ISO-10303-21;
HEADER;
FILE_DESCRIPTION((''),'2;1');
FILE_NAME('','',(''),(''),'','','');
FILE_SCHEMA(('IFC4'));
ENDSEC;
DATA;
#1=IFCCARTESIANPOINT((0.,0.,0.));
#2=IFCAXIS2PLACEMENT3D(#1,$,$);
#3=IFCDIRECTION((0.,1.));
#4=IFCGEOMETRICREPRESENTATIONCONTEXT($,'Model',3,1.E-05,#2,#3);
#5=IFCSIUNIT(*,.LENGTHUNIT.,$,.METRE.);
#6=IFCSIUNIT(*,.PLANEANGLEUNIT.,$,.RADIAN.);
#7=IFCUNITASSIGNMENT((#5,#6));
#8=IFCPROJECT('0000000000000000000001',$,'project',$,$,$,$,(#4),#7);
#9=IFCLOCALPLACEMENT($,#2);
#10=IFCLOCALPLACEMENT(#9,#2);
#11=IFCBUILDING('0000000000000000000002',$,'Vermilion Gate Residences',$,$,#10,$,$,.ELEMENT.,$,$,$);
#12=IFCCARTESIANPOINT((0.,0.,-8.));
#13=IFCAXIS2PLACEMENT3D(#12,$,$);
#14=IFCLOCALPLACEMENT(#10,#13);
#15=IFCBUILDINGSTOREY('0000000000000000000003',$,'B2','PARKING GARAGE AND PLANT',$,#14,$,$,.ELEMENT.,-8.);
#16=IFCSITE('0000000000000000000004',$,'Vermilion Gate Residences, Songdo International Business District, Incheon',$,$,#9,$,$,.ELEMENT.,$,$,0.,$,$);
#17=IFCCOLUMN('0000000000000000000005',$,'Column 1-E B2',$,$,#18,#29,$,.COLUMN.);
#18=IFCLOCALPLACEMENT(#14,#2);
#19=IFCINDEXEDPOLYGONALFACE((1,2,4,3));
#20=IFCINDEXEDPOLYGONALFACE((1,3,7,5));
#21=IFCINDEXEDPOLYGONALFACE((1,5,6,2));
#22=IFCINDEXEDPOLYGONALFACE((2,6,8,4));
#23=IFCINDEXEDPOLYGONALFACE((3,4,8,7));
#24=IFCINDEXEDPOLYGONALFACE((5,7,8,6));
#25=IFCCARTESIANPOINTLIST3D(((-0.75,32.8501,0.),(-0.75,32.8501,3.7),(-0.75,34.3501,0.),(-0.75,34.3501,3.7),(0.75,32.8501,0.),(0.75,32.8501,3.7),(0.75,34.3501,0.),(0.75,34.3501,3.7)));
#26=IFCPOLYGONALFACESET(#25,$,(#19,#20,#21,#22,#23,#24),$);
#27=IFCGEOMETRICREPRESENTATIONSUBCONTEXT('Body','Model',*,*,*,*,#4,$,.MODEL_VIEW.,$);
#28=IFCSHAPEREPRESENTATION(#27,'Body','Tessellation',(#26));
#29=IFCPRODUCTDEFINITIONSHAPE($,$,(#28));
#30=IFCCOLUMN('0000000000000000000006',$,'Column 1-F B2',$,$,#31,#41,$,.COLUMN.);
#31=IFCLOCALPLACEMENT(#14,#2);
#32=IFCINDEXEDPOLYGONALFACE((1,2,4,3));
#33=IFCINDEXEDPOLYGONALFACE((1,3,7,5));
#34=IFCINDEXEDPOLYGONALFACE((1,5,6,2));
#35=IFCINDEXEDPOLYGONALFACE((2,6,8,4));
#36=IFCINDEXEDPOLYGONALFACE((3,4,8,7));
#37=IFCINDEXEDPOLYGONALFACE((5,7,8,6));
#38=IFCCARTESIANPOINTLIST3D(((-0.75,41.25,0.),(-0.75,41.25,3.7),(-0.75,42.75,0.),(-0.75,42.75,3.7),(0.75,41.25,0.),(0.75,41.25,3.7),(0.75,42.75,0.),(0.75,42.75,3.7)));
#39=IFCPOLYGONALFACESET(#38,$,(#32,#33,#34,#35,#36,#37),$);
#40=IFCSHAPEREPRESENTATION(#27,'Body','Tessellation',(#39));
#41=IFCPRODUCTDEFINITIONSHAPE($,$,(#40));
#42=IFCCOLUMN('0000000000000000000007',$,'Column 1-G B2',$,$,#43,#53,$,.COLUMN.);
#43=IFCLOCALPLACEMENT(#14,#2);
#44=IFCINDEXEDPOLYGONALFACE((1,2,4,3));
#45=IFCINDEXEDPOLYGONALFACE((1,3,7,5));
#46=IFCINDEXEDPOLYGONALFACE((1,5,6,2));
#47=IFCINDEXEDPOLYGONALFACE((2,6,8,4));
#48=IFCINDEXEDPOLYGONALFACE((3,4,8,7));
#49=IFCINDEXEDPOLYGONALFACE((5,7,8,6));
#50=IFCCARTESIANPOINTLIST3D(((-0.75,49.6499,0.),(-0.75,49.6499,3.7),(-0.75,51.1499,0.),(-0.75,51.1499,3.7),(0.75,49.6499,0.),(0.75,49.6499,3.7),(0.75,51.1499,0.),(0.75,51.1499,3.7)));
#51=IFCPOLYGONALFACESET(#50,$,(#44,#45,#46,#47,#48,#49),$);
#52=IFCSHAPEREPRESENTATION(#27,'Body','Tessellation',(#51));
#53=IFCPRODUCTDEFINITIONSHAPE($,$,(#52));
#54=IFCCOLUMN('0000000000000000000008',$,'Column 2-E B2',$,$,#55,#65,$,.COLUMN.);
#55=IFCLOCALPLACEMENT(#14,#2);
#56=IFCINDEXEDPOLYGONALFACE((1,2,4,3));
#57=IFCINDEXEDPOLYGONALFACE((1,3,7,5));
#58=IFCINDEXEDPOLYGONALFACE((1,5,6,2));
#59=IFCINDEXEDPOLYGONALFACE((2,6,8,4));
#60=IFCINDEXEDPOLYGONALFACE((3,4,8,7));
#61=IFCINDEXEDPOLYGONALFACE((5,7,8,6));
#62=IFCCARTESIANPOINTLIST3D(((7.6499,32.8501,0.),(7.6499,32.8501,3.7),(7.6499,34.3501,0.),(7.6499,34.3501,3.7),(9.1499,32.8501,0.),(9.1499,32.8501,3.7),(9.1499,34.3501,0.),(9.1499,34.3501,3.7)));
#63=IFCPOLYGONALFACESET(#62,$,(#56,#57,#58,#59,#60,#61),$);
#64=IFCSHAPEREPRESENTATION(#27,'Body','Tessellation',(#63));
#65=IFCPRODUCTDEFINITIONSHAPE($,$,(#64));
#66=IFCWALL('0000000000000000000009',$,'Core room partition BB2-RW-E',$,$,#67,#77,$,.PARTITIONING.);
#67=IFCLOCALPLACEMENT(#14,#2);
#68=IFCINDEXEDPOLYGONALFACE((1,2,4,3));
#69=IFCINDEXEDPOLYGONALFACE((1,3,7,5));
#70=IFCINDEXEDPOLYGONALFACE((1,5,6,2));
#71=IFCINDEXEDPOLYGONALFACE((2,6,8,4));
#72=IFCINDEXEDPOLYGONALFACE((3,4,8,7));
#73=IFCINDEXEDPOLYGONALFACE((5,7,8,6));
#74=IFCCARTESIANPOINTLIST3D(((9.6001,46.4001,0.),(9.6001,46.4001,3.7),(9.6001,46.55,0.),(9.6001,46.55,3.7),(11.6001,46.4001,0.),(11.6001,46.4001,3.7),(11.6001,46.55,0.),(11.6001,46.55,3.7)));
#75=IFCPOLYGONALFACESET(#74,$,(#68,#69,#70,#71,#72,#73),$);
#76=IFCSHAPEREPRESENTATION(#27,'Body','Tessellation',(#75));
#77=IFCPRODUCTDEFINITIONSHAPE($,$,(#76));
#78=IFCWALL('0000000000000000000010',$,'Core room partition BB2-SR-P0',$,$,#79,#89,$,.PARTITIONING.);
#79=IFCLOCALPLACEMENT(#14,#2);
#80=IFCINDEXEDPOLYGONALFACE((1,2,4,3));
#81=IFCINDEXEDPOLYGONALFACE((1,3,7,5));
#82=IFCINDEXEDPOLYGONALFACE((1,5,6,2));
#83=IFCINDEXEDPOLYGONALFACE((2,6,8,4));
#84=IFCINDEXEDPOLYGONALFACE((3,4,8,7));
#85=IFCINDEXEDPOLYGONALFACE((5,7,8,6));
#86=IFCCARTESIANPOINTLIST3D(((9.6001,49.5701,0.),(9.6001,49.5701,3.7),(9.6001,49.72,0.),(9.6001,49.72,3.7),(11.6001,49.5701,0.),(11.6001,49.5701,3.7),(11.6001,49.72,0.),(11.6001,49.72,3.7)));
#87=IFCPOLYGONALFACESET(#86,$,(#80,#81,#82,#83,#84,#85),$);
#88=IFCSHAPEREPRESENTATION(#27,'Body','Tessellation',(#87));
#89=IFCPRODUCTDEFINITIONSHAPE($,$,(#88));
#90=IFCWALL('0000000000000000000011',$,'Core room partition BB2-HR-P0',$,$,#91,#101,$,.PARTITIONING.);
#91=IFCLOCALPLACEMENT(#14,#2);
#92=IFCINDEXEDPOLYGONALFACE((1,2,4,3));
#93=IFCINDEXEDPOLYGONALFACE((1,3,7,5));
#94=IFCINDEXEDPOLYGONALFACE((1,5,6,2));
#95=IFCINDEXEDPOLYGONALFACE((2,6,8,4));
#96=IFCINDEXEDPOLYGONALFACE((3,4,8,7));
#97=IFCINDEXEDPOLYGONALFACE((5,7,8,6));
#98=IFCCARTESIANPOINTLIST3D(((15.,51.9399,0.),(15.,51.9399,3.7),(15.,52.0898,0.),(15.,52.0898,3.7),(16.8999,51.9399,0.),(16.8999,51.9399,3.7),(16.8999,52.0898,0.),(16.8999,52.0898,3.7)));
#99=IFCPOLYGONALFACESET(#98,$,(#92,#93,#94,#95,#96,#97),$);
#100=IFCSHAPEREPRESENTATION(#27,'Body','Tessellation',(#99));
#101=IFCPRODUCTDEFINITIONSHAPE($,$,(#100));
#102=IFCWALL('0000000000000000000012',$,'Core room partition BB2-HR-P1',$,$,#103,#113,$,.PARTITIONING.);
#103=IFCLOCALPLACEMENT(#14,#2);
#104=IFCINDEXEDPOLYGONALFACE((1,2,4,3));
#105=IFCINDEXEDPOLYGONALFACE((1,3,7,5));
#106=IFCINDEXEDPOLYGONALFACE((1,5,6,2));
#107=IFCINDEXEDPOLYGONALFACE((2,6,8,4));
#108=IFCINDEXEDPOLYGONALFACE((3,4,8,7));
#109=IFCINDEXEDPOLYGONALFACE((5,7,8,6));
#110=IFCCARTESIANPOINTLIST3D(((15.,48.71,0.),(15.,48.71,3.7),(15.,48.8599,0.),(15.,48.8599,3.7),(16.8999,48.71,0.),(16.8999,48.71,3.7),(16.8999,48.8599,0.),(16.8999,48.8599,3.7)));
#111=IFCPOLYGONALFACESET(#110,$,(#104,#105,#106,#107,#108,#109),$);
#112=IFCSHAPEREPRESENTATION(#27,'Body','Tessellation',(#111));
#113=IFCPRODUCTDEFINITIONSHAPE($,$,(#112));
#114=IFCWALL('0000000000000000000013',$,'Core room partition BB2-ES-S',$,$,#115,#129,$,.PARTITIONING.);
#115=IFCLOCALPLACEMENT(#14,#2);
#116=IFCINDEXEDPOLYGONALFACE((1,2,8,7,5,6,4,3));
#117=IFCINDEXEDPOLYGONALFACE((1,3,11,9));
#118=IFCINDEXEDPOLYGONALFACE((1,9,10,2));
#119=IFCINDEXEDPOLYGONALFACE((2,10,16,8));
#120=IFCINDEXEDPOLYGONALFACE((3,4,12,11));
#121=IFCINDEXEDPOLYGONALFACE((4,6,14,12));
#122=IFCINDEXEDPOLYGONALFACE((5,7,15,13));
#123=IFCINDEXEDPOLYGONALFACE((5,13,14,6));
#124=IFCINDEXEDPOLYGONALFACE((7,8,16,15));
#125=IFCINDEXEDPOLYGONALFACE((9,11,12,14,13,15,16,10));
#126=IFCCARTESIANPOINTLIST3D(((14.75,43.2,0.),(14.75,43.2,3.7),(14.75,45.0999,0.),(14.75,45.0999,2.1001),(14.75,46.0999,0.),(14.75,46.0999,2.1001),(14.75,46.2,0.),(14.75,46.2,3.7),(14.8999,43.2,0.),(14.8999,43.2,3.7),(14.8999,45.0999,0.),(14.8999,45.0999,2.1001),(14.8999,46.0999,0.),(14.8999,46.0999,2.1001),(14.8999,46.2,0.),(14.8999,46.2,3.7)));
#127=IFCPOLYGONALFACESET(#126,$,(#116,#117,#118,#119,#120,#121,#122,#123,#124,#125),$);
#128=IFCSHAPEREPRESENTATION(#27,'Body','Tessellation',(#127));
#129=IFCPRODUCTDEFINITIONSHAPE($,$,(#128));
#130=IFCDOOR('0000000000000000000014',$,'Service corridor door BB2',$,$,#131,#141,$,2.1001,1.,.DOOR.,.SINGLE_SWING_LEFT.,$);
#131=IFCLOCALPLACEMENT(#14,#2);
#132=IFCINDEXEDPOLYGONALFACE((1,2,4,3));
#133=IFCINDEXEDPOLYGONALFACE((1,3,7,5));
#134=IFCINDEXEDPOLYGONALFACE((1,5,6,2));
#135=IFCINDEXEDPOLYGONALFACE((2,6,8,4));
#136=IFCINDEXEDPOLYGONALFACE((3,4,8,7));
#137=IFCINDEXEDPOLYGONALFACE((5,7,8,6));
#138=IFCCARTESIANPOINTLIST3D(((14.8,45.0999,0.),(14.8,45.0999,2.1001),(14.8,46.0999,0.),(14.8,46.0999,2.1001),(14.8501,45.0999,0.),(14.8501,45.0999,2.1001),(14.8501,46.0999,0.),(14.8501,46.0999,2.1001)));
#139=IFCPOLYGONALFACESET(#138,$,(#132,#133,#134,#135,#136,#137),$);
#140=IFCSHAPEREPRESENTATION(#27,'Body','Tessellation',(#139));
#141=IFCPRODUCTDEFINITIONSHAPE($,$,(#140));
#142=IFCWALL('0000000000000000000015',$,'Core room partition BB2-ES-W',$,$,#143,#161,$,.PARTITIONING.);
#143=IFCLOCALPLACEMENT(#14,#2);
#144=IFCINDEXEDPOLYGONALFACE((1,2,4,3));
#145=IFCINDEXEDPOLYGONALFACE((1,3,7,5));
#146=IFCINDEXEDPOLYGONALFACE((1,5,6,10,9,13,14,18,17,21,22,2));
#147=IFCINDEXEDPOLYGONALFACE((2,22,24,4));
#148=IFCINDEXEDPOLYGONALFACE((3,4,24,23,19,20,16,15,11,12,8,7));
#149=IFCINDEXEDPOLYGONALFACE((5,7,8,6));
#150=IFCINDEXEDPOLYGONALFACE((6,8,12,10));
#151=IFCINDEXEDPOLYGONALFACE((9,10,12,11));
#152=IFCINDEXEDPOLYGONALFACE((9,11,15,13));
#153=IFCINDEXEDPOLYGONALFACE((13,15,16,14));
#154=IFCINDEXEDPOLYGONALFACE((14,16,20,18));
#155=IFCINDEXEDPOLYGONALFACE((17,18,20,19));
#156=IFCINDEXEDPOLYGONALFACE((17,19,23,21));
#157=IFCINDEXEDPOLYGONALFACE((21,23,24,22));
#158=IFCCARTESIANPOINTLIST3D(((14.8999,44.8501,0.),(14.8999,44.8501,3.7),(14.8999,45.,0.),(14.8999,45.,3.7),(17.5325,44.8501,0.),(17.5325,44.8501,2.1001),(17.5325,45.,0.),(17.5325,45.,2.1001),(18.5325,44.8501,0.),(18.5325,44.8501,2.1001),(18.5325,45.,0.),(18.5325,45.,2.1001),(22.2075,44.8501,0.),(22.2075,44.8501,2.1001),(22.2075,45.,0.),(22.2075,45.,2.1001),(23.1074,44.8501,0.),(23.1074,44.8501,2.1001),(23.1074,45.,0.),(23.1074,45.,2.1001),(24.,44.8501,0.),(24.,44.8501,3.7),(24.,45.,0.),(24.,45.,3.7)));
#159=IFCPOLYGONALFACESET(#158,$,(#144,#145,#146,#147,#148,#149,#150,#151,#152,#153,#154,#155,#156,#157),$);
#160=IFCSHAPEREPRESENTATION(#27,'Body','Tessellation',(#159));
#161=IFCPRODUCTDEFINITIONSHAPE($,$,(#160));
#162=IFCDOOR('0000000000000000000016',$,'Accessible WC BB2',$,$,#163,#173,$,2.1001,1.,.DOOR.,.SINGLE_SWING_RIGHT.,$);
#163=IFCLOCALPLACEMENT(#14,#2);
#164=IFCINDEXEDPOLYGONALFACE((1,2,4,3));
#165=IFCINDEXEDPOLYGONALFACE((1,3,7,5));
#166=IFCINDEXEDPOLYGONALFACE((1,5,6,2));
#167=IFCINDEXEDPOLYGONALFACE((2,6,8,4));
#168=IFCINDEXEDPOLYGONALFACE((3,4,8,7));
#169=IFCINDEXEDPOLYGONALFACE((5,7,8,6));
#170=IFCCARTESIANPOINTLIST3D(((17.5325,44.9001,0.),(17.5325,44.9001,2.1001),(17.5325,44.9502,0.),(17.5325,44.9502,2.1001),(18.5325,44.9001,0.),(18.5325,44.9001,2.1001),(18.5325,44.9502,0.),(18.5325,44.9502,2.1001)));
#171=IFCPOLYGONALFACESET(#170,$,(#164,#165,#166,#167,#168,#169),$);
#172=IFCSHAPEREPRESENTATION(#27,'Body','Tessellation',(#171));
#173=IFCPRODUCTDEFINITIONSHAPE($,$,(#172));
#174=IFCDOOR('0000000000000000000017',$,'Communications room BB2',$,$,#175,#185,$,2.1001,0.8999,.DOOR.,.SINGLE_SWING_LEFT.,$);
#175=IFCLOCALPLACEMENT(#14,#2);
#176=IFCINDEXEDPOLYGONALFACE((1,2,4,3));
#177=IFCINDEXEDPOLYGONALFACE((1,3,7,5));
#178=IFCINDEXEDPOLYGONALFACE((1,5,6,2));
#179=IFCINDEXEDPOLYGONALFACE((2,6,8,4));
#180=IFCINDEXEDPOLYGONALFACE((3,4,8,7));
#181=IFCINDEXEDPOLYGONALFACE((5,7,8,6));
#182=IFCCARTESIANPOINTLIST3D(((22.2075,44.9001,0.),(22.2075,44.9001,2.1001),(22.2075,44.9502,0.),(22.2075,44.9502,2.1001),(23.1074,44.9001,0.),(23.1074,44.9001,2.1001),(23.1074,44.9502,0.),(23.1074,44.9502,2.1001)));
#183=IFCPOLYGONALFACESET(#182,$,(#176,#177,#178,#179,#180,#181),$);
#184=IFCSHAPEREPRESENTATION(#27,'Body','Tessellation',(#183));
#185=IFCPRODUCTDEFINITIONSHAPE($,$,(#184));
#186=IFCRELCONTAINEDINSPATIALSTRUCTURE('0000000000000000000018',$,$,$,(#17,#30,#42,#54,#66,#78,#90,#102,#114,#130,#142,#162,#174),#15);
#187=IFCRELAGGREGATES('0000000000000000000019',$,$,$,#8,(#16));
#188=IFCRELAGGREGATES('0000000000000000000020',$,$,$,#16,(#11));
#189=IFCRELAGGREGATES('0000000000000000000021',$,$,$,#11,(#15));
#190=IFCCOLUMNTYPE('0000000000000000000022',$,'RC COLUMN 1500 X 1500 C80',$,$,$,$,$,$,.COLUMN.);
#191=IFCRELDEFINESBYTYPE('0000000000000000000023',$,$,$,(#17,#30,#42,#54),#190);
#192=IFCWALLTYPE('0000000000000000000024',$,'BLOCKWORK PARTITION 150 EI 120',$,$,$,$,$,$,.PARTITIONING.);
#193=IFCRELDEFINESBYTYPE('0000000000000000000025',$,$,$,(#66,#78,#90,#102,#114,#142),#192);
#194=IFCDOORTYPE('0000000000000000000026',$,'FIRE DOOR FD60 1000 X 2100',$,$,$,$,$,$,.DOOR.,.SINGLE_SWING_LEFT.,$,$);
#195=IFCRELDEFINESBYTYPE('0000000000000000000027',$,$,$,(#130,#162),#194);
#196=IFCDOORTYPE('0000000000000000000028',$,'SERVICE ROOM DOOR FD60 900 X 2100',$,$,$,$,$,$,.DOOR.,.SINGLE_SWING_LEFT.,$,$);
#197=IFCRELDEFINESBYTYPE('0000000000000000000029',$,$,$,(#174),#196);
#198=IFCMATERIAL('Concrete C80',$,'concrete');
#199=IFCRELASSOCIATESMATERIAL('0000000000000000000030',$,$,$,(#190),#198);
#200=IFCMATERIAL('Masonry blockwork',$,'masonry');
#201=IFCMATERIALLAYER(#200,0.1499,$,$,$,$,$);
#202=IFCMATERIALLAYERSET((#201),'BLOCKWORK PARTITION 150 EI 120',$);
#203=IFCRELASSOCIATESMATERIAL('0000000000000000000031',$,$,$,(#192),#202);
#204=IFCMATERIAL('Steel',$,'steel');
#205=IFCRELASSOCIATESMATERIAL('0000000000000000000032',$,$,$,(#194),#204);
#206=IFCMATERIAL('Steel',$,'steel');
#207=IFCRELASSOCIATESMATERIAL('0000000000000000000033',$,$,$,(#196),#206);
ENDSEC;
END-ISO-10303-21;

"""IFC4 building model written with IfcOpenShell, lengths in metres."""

from ifc_helpers import new_model, si_unit, direction, frame, frame_2d, origin, origin_2d, place, context, subcontext, project, spatial, rectangle, extrude, material, layer, layer_set, material_profile, profile_set, type_object, element, fill, save


model = new_model("IFC4")

# Units and contexts
model_context = context("Model", 3, precision=1e-05, world=origin(), true_north=direction((0.0, 1.0)))
body_context = subcontext(model_context, "Body", "Model", "MODEL_VIEW")
ifc_project = project(units=[si_unit("LENGTHUNIT", "METRE"), si_unit("PLANEANGLEUNIT", "RADIAN")], contexts=[model_context])

# Site, building, storey
site_placement = place(None, origin())
site = spatial("IfcSite", under=ifc_project, at=site_placement, Name="Vermilion Gate Residences, Songdo International Business District, Incheon", CompositionType="ELEMENT", RefElevation=0.0)
building_placement = place(site_placement, origin())
building = spatial("IfcBuilding", under=site, at=building_placement, Name="Vermilion Gate Residences", CompositionType="ELEMENT")
storey_placement = place(building_placement, frame((0.0, 0.0, -8.0)))
storey = spatial("IfcBuildingStorey", under=building, at=storey_placement, Name="B2", Description="PARKING GARAGE AND PLANT", CompositionType="ELEMENT", Elevation=-8.0)

# Columns
ifc_material_1 = material(Name="Concrete C80", Category="concrete")
ifc_material_profile = material_profile(ifc_material_1, rectangle(XDim=1.5, YDim=1.5, at=origin_2d()), Name="RC-1500x1500")
ifc_profile_set = profile_set([ifc_material_profile], Name="Concrete C80")
column_type = type_object("IfcColumnType", Name="RC COLUMN 1500 X 1500 C80", PredefinedType="COLUMN", material=ifc_profile_set)
for number, where, z_axis, x_axis, name in (
    (1, (0.0, 33.6001, 0.0), (0.0, 0.0, 1.0), (1.0, 0.0, 0.0), "Column 1-E B2"),
    (2, (0.0, 42.0, 0.0), (0.0, 0.0, 1.0), (1.0, 0.0, 0.0), "Column 1-F B2"),
    (3, (0.0, 50.3999, 0.0), (0.0, 0.0, 1.0), (1.0, 0.0, 0.0), "Column 1-G B2"),
    (4, (8.3999, 33.6001, 0.0), (0.0, 0.0, 1.0), (1.0, 0.0, 0.0), "Column 2-E B2"),
):
    element("IfcColumn", number, at=place(storey_placement, frame(where, z_axis=z_axis, x_axis=x_axis)), inside=storey, type_object=column_type, Name=name, PredefinedType="COLUMN", context=body_context, shape_type="SweptSolid", body=[
        extrude(rectangle(XDim=1.5, YDim=1.5, at=origin_2d()), origin(), (0.0, 0.0, 1.0), 3.7),
    ])

# Walls
ifc_material_2 = material(Name="Masonry blockwork", Category="masonry")
ifc_layer_1 = layer(ifc_material_2, 0.1499)
ifc_layer_set_1 = layer_set([ifc_layer_1], Name="BLOCKWORK PARTITION 150 EI 120")
wall_type_1 = type_object("IfcWallType", Name="BLOCKWORK PARTITION 150 EI 120", PredefinedType="PARTITIONING", material=ifc_layer_set_1)
for number, where, z_axis, x_axis, name in (
    (5, (9.6001, 46.4751, 0.0), (0.0, 0.0, 1.0), (1.0, 0.0, 0.0), "Core room partition BB2-RW-E"),
    (6, (9.6001, 49.645, 0.0), (0.0, 0.0, 1.0), (1.0, 0.0, 0.0), "Core room partition BB2-SR-P0"),
):
    element("IfcWall", number, at=place(storey_placement, frame(where, z_axis=z_axis, x_axis=x_axis)), inside=storey, type_object=wall_type_1, Name=name, PredefinedType="PARTITIONING", context=body_context, shape_type="SweptSolid", body=[
        extrude(rectangle(XDim=2.0, YDim=0.1499, at=frame_2d((1.0, 0.0))), origin(), (0.0, 0.0, 1.0), 3.7),
    ])
for number, where, z_axis, x_axis, name in (
    (7, (15.0, 52.0149, 0.0), (0.0, 0.0, 1.0), (1.0, 0.0, 0.0), "Core room partition BB2-HR-P0"),
    (8, (15.0, 48.7849, 0.0), (0.0, 0.0, 1.0), (1.0, 0.0, 0.0), "Core room partition BB2-HR-P1"),
):
    element("IfcWall", number, at=place(storey_placement, frame(where, z_axis=z_axis, x_axis=x_axis)), inside=storey, type_object=wall_type_1, Name=name, PredefinedType="PARTITIONING", context=body_context, shape_type="SweptSolid", body=[
        extrude(rectangle(XDim=1.8999, YDim=0.1499, at=frame_2d((0.95, 0.0))), origin(), (0.0, 0.0, 1.0), 3.7),
    ])

# Wall, opening, door
wall_1_placement = place(storey_placement, frame((14.825, 46.2, 0.0), z_axis=(0.0, 0.0, 1.0), x_axis=(0.0, -1.0, 0.0)))
wall_1 = element("IfcWall", 9, at=wall_1_placement, inside=storey, type_object=wall_type_1, Name="Core room partition BB2-ES-S", PredefinedType="PARTITIONING", context=body_context, shape_type="SweptSolid", body=[
    extrude(rectangle(XDim=3.0, YDim=0.1499, at=frame_2d((1.5, 0.0))), origin(), (0.0, 0.0, 1.0), 3.7),
])
opening_1_placement = place(wall_1_placement, frame((0.1001, 0.0, 0.0)))
opening_1 = element("IfcOpeningElement", 10, at=opening_1_placement, cuts=wall_1, PredefinedType="OPENING", context=body_context, shape_type="SweptSolid", body=[
    extrude(rectangle(XDim=1.0, YDim=2.1001, at=frame_2d((0.5, 1.05))), frame((0.0, 0.085, 0.0), z_axis=(0.0, -1.0, 0.0), x_axis=(1.0, 0.0, 0.0)), (0.0, 0.0, 1.0), 0.1699),
])
ifc_material_3 = material(Name="Steel", Category="steel")
door_type_1 = type_object("IfcDoorType", Name="FIRE DOOR FD60 1000 X 2100", OperationType="SINGLE_SWING_LEFT", PredefinedType="DOOR", material=ifc_material_3)
door_1_placement = place(opening_1_placement, frame((1.0, 0.0, 0.0), z_axis=(0.0, 0.0, 1.0), x_axis=(-1.0, 0.0, 0.0)))
door_1 = element("IfcDoor", 11, at=door_1_placement, inside=storey, type_object=door_type_1, Name="Service corridor door BB2", OperationType="SINGLE_SWING_LEFT", OverallHeight=2.1001, OverallWidth=1.0, PredefinedType="DOOR", context=body_context, shape_type="SweptSolid", body=[
    extrude(rectangle(XDim=1.0, YDim=2.1001, at=frame_2d((0.5, 1.05))), frame((0.0, 0.0249, 0.0), z_axis=(0.0, -1.0, 0.0), x_axis=(1.0, 0.0, 0.0)), (0.0, 0.0, 1.0), 0.05),
])
fill(opening_1, door_1)

# Wall, openings, doors
wall_2_placement = place(storey_placement, frame((14.8999, 44.925, 0.0), z_axis=(0.0, 0.0, 1.0), x_axis=(1.0, 0.0, 0.0)))
wall_2 = element("IfcWall", 12, at=wall_2_placement, inside=storey, type_object=wall_type_1, Name="Core room partition BB2-ES-W", PredefinedType="PARTITIONING", context=body_context, shape_type="SweptSolid", body=[
    extrude(rectangle(XDim=9.1001, YDim=0.1499, at=frame_2d((4.55, 0.0))), origin(), (0.0, 0.0, 1.0), 3.7),
])
opening_2_placement = place(wall_2_placement, frame((2.6326, 0.0, 0.0)))
opening_2 = element("IfcOpeningElement", 13, at=opening_2_placement, cuts=wall_2, PredefinedType="OPENING", context=body_context, shape_type="SweptSolid", body=[
    extrude(rectangle(XDim=1.0, YDim=2.1001, at=frame_2d((0.5, 1.05))), frame((0.0, 0.085, 0.0), z_axis=(0.0, -1.0, 0.0), x_axis=(1.0, 0.0, 0.0)), (0.0, 0.0, 1.0), 0.1699),
])
opening_3_placement = place(wall_2_placement, frame((7.3076, 0.0, 0.0)))
opening_3 = element("IfcOpeningElement", 14, at=opening_3_placement, cuts=wall_2, PredefinedType="OPENING", context=body_context, shape_type="SweptSolid", body=[
    extrude(rectangle(XDim=0.8999, YDim=2.1001, at=frame_2d((0.45, 1.05))), frame((0.0, 0.085, 0.0), z_axis=(0.0, -1.0, 0.0), x_axis=(1.0, 0.0, 0.0)), (0.0, 0.0, 1.0), 0.1699),
])
door_2_placement = place(opening_2_placement, frame((1.0, 0.0, 0.0), z_axis=(0.0, 0.0, 1.0), x_axis=(-1.0, 0.0, 0.0)))
door_2 = element("IfcDoor", 15, at=door_2_placement, inside=storey, type_object=door_type_1, Name="Accessible WC BB2", OperationType="SINGLE_SWING_RIGHT", OverallHeight=2.1001, OverallWidth=1.0, PredefinedType="DOOR", context=body_context, shape_type="SweptSolid", body=[
    extrude(rectangle(XDim=1.0, YDim=2.1001, at=frame_2d((0.5, 1.05))), frame((0.0, 0.0249, 0.0), z_axis=(0.0, -1.0, 0.0), x_axis=(1.0, 0.0, 0.0)), (0.0, 0.0, 1.0), 0.05),
])
fill(opening_2, door_2)
ifc_material_4 = material(Name="Steel", Category="steel")
door_type_2 = type_object("IfcDoorType", Name="SERVICE ROOM DOOR FD60 900 X 2100", OperationType="SINGLE_SWING_LEFT", PredefinedType="DOOR", material=ifc_material_4)
door_3_placement = place(opening_3_placement, frame((0.8999, 0.0, 0.0), z_axis=(0.0, 0.0, 1.0), x_axis=(-1.0, 0.0, 0.0)))
door_3 = element("IfcDoor", 16, at=door_3_placement, inside=storey, type_object=door_type_2, Name="Communications room BB2", OperationType="SINGLE_SWING_LEFT", OverallHeight=2.1001, OverallWidth=0.8999, PredefinedType="DOOR", context=body_context, shape_type="SweptSolid", body=[
    extrude(rectangle(XDim=0.8999, YDim=2.1001, at=frame_2d((0.45, 1.05))), frame((0.0, 0.0249, 0.0), z_axis=(0.0, -1.0, 0.0), x_axis=(1.0, 0.0, 0.0)), (0.0, 0.0, 1.0), 0.05),
])
fill(opening_3, door_3)

save(model, "model.ifc")
